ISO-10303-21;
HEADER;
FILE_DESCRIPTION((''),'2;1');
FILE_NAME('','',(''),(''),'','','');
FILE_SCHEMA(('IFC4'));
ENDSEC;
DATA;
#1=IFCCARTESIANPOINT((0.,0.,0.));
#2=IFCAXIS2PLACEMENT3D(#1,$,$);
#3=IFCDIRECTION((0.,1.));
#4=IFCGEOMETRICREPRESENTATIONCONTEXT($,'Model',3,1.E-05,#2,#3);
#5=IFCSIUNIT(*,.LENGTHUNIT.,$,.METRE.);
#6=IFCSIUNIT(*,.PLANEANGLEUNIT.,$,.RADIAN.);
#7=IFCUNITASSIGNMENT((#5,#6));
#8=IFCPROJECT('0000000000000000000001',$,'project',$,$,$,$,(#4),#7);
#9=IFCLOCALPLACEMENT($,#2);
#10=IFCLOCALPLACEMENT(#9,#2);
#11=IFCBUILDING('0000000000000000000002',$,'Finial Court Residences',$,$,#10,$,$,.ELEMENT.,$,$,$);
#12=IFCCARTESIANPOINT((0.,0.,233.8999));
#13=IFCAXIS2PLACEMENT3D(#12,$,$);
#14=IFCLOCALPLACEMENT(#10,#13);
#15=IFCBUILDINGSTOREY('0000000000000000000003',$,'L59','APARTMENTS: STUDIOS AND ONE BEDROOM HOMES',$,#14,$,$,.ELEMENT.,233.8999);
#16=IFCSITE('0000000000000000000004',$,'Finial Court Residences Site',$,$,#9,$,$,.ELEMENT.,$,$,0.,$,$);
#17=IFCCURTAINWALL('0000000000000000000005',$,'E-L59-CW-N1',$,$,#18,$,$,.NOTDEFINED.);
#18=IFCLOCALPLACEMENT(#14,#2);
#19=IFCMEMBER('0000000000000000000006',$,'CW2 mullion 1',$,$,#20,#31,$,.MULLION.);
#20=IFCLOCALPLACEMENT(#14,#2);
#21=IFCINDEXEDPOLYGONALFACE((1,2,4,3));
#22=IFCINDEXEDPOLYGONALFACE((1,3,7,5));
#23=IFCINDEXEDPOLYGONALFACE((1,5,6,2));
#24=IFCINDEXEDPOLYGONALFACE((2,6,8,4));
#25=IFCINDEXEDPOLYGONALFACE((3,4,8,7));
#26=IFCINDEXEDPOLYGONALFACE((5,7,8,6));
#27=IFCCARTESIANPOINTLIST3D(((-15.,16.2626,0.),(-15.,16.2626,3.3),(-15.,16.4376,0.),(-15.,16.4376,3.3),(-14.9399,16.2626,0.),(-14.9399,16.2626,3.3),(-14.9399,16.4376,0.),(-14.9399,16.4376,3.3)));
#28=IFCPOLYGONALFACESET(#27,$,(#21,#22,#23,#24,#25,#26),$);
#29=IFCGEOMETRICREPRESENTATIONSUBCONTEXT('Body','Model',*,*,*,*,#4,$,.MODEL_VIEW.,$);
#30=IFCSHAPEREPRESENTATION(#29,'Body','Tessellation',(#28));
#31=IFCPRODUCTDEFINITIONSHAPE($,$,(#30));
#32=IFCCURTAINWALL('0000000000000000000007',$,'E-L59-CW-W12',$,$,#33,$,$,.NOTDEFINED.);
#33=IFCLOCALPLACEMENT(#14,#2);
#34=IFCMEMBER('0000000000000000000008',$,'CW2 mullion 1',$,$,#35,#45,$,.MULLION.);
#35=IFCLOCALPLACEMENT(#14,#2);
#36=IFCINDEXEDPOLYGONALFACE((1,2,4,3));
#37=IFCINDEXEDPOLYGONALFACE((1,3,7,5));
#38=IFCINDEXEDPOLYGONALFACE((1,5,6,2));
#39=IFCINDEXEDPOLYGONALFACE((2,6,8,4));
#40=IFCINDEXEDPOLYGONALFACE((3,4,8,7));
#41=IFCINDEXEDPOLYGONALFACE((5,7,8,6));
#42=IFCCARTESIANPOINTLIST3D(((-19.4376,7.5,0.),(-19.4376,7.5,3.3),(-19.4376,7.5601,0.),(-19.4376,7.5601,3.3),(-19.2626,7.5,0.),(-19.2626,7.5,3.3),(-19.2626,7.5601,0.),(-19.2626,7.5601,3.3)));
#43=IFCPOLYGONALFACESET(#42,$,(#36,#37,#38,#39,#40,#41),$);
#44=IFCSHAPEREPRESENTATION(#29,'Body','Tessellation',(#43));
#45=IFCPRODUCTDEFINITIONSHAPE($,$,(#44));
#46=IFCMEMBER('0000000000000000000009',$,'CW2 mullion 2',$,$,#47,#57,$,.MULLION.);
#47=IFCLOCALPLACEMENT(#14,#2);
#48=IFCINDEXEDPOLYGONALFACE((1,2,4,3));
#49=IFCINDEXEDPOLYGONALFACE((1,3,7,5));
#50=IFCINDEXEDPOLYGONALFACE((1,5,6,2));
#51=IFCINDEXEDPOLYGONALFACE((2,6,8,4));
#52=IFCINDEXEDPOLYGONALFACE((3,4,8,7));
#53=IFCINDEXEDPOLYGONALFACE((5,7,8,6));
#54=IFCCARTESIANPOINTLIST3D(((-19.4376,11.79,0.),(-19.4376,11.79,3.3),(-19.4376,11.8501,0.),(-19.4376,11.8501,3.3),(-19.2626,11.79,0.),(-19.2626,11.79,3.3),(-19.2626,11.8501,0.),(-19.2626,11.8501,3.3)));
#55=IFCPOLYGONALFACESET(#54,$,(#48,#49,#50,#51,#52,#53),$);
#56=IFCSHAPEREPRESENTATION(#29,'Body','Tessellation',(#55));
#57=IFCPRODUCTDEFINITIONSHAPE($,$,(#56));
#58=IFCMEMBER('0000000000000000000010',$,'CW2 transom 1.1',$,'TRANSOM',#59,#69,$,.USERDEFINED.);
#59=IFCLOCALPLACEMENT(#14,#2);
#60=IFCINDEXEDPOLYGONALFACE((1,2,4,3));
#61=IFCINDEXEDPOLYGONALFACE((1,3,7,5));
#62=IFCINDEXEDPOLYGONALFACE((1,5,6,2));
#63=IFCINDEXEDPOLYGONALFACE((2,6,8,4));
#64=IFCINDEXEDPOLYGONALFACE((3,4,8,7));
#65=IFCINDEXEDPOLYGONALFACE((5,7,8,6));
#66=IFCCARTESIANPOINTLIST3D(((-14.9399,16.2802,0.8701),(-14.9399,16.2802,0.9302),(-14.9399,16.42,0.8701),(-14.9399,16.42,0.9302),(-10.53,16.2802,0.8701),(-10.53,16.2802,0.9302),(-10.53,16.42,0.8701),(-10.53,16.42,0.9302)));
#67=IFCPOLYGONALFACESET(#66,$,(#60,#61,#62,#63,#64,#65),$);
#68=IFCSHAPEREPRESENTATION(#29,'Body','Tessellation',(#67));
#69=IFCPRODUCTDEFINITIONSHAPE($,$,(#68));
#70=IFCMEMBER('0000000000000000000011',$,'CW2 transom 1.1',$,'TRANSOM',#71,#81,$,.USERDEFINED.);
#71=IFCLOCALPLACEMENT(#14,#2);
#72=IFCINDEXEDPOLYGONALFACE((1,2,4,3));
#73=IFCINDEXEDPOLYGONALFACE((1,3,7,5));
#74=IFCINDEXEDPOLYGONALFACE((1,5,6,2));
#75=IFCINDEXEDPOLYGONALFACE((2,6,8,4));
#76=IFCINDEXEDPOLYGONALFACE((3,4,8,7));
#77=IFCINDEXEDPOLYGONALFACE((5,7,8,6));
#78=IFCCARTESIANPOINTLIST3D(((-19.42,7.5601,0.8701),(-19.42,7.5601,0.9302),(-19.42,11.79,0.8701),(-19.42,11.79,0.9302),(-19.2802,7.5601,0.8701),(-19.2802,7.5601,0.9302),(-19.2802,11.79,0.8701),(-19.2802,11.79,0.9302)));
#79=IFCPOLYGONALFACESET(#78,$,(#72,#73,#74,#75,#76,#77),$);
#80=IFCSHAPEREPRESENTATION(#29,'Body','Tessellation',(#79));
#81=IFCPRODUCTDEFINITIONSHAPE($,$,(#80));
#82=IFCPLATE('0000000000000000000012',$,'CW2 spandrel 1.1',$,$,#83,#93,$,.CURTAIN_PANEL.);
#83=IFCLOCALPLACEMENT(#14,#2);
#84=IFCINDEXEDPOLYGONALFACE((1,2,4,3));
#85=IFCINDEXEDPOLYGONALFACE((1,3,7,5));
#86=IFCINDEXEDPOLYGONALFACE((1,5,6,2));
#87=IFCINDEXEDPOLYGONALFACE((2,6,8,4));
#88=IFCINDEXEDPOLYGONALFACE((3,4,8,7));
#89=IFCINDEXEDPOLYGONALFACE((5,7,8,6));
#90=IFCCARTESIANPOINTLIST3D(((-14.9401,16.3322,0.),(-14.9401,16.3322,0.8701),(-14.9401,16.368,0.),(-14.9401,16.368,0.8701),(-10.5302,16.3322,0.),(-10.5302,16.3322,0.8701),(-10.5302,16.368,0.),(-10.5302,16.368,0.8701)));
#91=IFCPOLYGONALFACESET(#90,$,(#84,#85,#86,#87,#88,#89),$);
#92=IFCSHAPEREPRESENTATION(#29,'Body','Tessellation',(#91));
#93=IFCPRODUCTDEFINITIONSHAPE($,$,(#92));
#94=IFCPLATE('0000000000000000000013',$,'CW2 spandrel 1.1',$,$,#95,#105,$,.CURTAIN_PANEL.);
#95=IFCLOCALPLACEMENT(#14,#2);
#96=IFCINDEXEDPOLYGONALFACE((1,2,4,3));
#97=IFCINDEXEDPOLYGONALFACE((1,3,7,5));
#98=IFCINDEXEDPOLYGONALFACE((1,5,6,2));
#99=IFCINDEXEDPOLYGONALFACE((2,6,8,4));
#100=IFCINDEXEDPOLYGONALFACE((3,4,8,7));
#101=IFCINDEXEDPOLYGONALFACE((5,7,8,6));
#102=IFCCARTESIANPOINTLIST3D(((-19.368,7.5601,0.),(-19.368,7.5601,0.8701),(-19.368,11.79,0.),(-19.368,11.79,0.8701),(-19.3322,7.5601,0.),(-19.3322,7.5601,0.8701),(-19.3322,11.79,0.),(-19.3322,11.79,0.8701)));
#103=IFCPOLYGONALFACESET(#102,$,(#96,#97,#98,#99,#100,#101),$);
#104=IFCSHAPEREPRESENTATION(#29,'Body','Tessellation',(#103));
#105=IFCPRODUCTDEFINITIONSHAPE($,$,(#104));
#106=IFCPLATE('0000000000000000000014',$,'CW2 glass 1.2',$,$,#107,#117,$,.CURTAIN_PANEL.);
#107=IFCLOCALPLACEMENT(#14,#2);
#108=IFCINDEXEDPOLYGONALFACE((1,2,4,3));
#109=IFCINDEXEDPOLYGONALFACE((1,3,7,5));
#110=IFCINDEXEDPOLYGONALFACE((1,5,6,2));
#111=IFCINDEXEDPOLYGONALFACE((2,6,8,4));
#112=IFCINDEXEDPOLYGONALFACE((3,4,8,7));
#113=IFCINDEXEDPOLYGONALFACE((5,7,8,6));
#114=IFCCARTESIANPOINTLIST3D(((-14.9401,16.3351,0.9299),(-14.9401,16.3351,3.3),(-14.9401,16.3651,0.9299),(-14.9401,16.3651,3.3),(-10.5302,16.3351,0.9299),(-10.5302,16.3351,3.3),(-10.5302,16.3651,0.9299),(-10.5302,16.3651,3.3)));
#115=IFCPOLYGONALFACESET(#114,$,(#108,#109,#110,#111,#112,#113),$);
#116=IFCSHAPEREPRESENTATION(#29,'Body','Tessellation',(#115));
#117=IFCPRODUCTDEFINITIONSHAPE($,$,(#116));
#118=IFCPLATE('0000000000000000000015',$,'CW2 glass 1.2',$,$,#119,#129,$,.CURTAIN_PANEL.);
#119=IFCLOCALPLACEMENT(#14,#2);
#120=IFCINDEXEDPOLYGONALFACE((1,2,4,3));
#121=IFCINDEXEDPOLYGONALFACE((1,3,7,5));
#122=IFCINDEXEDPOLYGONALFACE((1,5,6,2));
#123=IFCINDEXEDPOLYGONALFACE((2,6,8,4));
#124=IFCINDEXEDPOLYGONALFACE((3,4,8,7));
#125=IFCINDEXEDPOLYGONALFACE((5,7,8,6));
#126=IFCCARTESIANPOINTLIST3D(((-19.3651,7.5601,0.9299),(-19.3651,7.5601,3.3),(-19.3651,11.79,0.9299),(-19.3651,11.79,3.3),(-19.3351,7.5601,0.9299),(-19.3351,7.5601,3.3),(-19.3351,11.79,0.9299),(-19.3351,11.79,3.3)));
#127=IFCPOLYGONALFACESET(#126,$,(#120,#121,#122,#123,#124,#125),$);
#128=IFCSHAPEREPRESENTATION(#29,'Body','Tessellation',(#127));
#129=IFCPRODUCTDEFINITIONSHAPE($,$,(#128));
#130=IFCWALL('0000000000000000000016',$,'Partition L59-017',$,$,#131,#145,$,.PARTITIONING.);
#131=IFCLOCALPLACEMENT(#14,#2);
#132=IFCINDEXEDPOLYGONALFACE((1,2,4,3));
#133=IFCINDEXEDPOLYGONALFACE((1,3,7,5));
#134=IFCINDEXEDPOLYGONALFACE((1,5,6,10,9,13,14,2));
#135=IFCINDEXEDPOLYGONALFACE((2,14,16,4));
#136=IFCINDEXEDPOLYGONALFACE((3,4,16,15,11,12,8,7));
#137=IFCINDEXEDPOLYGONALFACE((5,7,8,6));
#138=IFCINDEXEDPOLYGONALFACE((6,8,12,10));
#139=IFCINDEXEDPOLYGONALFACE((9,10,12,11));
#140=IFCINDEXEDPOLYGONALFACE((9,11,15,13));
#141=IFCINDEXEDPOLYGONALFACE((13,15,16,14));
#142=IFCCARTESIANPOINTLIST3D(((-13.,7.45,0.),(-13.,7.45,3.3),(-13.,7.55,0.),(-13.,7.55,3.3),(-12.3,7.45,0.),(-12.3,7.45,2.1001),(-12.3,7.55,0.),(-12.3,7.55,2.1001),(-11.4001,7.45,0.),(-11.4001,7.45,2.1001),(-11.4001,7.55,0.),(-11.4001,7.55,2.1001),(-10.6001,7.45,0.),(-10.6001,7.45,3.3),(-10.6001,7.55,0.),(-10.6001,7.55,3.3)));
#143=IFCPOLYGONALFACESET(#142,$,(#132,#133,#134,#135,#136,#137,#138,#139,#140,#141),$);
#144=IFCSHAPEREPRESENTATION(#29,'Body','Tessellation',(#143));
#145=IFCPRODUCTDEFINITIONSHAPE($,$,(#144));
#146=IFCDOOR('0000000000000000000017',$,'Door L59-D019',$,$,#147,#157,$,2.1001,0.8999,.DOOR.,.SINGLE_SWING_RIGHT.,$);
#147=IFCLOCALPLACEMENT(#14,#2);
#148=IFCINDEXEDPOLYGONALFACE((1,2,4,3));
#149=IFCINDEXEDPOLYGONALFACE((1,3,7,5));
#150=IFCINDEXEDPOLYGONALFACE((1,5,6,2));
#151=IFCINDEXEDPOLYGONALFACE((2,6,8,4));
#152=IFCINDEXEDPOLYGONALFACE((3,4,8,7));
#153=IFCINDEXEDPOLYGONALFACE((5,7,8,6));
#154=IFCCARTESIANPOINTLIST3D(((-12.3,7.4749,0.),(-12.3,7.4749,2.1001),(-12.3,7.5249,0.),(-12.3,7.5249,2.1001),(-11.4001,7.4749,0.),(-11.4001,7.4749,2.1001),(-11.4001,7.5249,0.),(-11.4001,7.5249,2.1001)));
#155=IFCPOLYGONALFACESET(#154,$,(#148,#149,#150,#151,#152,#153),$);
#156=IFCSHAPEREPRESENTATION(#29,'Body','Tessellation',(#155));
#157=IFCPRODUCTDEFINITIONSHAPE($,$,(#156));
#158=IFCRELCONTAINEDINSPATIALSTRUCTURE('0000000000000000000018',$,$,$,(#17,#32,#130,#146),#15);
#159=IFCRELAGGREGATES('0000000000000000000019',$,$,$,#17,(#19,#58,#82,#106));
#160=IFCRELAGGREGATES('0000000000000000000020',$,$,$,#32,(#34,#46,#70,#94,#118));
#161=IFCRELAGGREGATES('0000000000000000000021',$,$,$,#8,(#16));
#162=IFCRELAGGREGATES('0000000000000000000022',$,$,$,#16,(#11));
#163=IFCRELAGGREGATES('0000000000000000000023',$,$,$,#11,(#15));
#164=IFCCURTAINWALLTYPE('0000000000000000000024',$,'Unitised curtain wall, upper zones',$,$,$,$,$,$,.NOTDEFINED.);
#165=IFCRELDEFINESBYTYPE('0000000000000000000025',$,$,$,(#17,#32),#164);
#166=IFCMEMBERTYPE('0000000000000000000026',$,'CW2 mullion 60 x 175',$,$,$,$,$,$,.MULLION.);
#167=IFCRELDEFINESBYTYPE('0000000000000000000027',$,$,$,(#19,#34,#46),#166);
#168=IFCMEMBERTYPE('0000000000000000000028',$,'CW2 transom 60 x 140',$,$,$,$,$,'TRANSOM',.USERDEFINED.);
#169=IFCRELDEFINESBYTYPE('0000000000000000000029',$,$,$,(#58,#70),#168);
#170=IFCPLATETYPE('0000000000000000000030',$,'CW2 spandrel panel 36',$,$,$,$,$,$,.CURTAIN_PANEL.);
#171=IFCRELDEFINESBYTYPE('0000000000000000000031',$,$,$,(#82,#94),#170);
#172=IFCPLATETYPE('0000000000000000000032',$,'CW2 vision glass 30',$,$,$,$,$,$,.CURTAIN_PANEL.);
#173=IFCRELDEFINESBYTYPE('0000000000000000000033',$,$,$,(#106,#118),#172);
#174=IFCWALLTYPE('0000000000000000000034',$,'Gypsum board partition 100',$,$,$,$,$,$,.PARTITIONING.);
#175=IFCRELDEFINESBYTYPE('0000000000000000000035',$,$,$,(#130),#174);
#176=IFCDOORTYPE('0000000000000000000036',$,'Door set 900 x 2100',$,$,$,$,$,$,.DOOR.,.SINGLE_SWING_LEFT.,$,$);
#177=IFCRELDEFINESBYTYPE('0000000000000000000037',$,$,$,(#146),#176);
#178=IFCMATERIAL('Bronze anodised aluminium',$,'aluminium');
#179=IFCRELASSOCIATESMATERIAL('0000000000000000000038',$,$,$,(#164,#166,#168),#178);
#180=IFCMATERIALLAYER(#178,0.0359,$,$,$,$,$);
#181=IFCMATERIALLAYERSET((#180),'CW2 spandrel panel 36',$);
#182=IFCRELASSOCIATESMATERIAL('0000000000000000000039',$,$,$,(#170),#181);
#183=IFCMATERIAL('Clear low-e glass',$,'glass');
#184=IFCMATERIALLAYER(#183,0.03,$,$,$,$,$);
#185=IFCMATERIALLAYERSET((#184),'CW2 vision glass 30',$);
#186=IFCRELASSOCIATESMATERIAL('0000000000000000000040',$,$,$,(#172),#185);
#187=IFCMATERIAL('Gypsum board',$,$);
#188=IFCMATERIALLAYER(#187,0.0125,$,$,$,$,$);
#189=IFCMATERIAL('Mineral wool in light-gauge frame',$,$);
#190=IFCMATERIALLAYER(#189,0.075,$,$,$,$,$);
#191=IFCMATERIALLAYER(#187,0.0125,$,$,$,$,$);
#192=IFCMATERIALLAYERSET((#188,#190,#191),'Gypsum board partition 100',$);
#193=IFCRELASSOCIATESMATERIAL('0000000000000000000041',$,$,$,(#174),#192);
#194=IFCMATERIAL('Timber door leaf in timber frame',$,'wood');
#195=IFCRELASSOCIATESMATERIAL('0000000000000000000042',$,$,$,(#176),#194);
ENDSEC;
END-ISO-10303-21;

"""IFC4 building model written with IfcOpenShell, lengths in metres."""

from ifc_helpers import new_model, si_unit, direction, frame, frame_2d, origin, origin_2d, place, context, subcontext, project, spatial, rectangle, extrude, material, layer, layer_set, material_profile, profile_set, type_object, element, fill, aggregate, save


model = new_model("IFC4")

# Units and contexts
model_context = context("Model", 3, precision=1e-05, world=origin(), true_north=direction((0.0, 1.0)))
body_context = subcontext(model_context, "Body", "Model", "MODEL_VIEW")
ifc_project = project(units=[si_unit("LENGTHUNIT", "METRE"), si_unit("PLANEANGLEUNIT", "RADIAN")], contexts=[model_context])

# Site, building, storey
site_placement = place(None, origin())
site = spatial("IfcSite", under=ifc_project, at=site_placement, Name="Finial Court Residences Site", CompositionType="ELEMENT", RefElevation=0.0)
building_placement = place(site_placement, origin())
building = spatial("IfcBuilding", under=site, at=building_placement, Name="Finial Court Residences", CompositionType="ELEMENT")
storey_placement = place(building_placement, frame((0.0, 0.0, 233.8999)))
storey = spatial("IfcBuildingStorey", under=building, at=storey_placement, Name="L59", Description="APARTMENTS: STUDIOS AND ONE BEDROOM HOMES", CompositionType="ELEMENT", Elevation=233.8999)

# Curtain wall, member
ifc_material_1 = material(Name="Bronze anodised aluminium", Category="aluminium")
curtain_wall_type = type_object("IfcCurtainWallType", Name="Unitised curtain wall, upper zones", PredefinedType="NOTDEFINED", material=ifc_material_1)
curtain_wall_1_placement = place(storey_placement, origin())
curtain_wall_1 = element("IfcCurtainWall", 1, at=curtain_wall_1_placement, inside=storey, type_object=curtain_wall_type, Name="E-L59-CW-N1", PredefinedType="NOTDEFINED")
ifc_material_profile_1 = material_profile(ifc_material_1, rectangle(XDim=0.175, YDim=0.0601, at=origin_2d()), Name="CW2 mullion 60 x 175")
ifc_profile_set_1 = profile_set([ifc_material_profile_1], Name="Bronze anodised aluminium")
member_type_1 = type_object("IfcMemberType", Name="CW2 mullion 60 x 175", PredefinedType="MULLION", material=ifc_profile_set_1)
member_1_placement = place(storey_placement, frame((-14.97, 16.3501, 0.0), z_axis=(0.0, 0.0, 1.0), x_axis=(0.0, 1.0, 0.0)))
member_1 = element("IfcMember", 2, at=member_1_placement, type_object=member_type_1, Name="CW2 mullion 1", PredefinedType="MULLION", context=body_context, shape_type="SweptSolid", body=[
    extrude(rectangle(XDim=0.175, YDim=0.0601, at=origin_2d()), origin(), (0.0, 0.0, 1.0), 3.3),
])

# Curtain wall, members
curtain_wall_2_placement = place(storey_placement, origin())
curtain_wall_2 = element("IfcCurtainWall", 3, at=curtain_wall_2_placement, inside=storey, type_object=curtain_wall_type, Name="E-L59-CW-W12", PredefinedType="NOTDEFINED")
member_2_placement = place(storey_placement, frame((-19.3501, 7.53, 0.0), z_axis=(0.0, 0.0, 1.0), x_axis=(-1.0, 0.0, 0.0)))
member_2 = element("IfcMember", 4, at=member_2_placement, type_object=member_type_1, Name="CW2 mullion 1", PredefinedType="MULLION", context=body_context, shape_type="SweptSolid", body=[
    extrude(rectangle(XDim=0.175, YDim=0.0601, at=origin_2d()), origin(), (0.0, 0.0, 1.0), 3.3),
])
member_3_placement = place(storey_placement, frame((-19.3501, 11.8201, 0.0), z_axis=(0.0, 0.0, 1.0), x_axis=(-1.0, 0.0, 0.0)))
member_3 = element("IfcMember", 5, at=member_3_placement, type_object=member_type_1, Name="CW2 mullion 2", PredefinedType="MULLION", context=body_context, shape_type="SweptSolid", body=[
    extrude(rectangle(XDim=0.175, YDim=0.0601, at=origin_2d()), origin(), (0.0, 0.0, 1.0), 3.3),
])

# Members
ifc_material_profile_2 = material_profile(ifc_material_1, rectangle(XDim=0.1399, YDim=0.0601, at=origin_2d()), Name="CW2 transom 60 x 140")
ifc_profile_set_2 = profile_set([ifc_material_profile_2], Name="Bronze anodised aluminium")
member_type_2 = type_object("IfcMemberType", Name="CW2 transom 60 x 140", ElementType="TRANSOM", PredefinedType="USERDEFINED", material=ifc_profile_set_2)
member_4_placement = place(storey_placement, frame((-14.9399, 16.3501, 0.9001), z_axis=(1.0, 0.0, 0.0), x_axis=(0.0, 1.0, 0.0)))
member_4 = element("IfcMember", 6, at=member_4_placement, type_object=member_type_2, Name="CW2 transom 1.1", ObjectType="TRANSOM", PredefinedType="USERDEFINED", context=body_context, shape_type="SweptSolid", body=[
    extrude(rectangle(XDim=0.1399, YDim=0.0601, at=origin_2d()), origin(), (0.0, 0.0, 1.0), 4.4099),
])
member_5_placement = place(storey_placement, frame((-19.3501, 7.5601, 0.9001), z_axis=(0.0, 1.0, 0.0), x_axis=(-1.0, 0.0, 0.0)))
member_5 = element("IfcMember", 7, at=member_5_placement, type_object=member_type_2, Name="CW2 transom 1.1", ObjectType="TRANSOM", PredefinedType="USERDEFINED", context=body_context, shape_type="SweptSolid", body=[
    extrude(rectangle(XDim=0.1399, YDim=0.0601, at=origin_2d()), origin(), (0.0, 0.0, 1.0), 4.23),
])

# Plates
ifc_layer_1 = layer(ifc_material_1, 0.0359)
ifc_layer_set_1 = layer_set([ifc_layer_1], Name="CW2 spandrel panel 36")
plate_type_1 = type_object("IfcPlateType", Name="CW2 spandrel panel 36", PredefinedType="CURTAIN_PANEL", material=ifc_layer_set_1)
plate_1_placement = place(storey_placement, frame((-12.7351, 16.3501, 0.0), z_axis=(0.0, 0.0, 1.0), x_axis=(1.0, 0.0, 0.0)))
plate_1 = element("IfcPlate", 8, at=plate_1_placement, type_object=plate_type_1, Name="CW2 spandrel 1.1", PredefinedType="CURTAIN_PANEL", context=body_context, shape_type="SweptSolid", body=[
    extrude(rectangle(XDim=4.4099, YDim=0.0359, at=origin_2d()), origin(), (0.0, 0.0, 1.0), 0.8701),
])
plate_2_placement = place(storey_placement, frame((-19.3501, 9.675, 0.0), z_axis=(0.0, 0.0, 1.0), x_axis=(0.0, 1.0, 0.0)))
plate_2 = element("IfcPlate", 9, at=plate_2_placement, type_object=plate_type_1, Name="CW2 spandrel 1.1", PredefinedType="CURTAIN_PANEL", context=body_context, shape_type="SweptSolid", body=[
    extrude(rectangle(XDim=4.23, YDim=0.0359, at=origin_2d()), origin(), (0.0, 0.0, 1.0), 0.8701),
])
ifc_material_2 = material(Name="Clear low-e glass", Category="glass")
ifc_layer_2 = layer(ifc_material_2, 0.03)
ifc_layer_set_2 = layer_set([ifc_layer_2], Name="CW2 vision glass 30")
plate_type_2 = type_object("IfcPlateType", Name="CW2 vision glass 30", PredefinedType="CURTAIN_PANEL", material=ifc_layer_set_2)
plate_3_placement = place(storey_placement, frame((-12.7351, 16.3501, 0.9299), z_axis=(0.0, 0.0, 1.0), x_axis=(1.0, 0.0, 0.0)))
plate_3 = element("IfcPlate", 10, at=plate_3_placement, type_object=plate_type_2, Name="CW2 glass 1.2", PredefinedType="CURTAIN_PANEL", context=body_context, shape_type="SweptSolid", body=[
    extrude(rectangle(XDim=4.4099, YDim=0.03, at=origin_2d()), origin(), (0.0, 0.0, 1.0), 2.3701),
])
aggregate(curtain_wall_1, [member_1, member_4, plate_1, plate_3])
plate_4_placement = place(storey_placement, frame((-19.3501, 9.675, 0.9299), z_axis=(0.0, 0.0, 1.0), x_axis=(0.0, 1.0, 0.0)))
plate_4 = element("IfcPlate", 11, at=plate_4_placement, type_object=plate_type_2, Name="CW2 glass 1.2", PredefinedType="CURTAIN_PANEL", context=body_context, shape_type="SweptSolid", body=[
    extrude(rectangle(XDim=4.23, YDim=0.03, at=origin_2d()), origin(), (0.0, 0.0, 1.0), 2.3701),
])
aggregate(curtain_wall_2, [member_2, member_3, member_5, plate_2, plate_4])

# Wall, opening, door
ifc_material_3 = material(Name="Gypsum board")
ifc_layer_3 = layer(ifc_material_3, 0.0125)
ifc_material_4 = material(Name="Mineral wool in light-gauge frame")
ifc_layer_4 = layer(ifc_material_4, 0.075)
ifc_layer_5 = layer(ifc_material_3, 0.0125)
ifc_layer_set_3 = layer_set([ifc_layer_3, ifc_layer_4, ifc_layer_5], Name="Gypsum board partition 100")
wall_type_1 = type_object("IfcWallType", Name="Gypsum board partition 100", PredefinedType="PARTITIONING", material=ifc_layer_set_3)
wall_1_placement = place(storey_placement, frame((-13.0, 7.5, 0.0), z_axis=(0.0, 0.0, 1.0), x_axis=(1.0, 0.0, 0.0)))
wall_1 = element("IfcWall", 12, at=wall_1_placement, inside=storey, type_object=wall_type_1, Name="Partition L59-017", PredefinedType="PARTITIONING", context=body_context, shape_type="SweptSolid", body=[
    extrude(rectangle(XDim=2.3999, YDim=0.1001, at=frame_2d((1.2, 0.0))), origin(), (0.0, 0.0, 1.0), 3.3),
])
opening_1_placement = place(wall_1_placement, frame((0.7, 0.0, 0.0)))
opening_1 = element("IfcOpeningElement", 13, at=opening_1_placement, cuts=wall_1, PredefinedType="OPENING", context=body_context, shape_type="SweptSolid", body=[
    extrude(rectangle(XDim=0.8999, YDim=2.1001, at=frame_2d((0.45, 1.05))), frame((0.0, 0.0601, 0.0), z_axis=(0.0, -1.0, 0.0), x_axis=(1.0, 0.0, 0.0)), (0.0, 0.0, 1.0), 0.1201),
])
ifc_material_5 = material(Name="Timber door leaf in timber frame", Category="wood")
door_type = type_object("IfcDoorType", Name="Door set 900 x 2100", OperationType="SINGLE_SWING_LEFT", PredefinedType="DOOR", material=ifc_material_5)
door_placement = place(opening_1_placement, origin())
door = element("IfcDoor", 14, at=door_placement, inside=storey, type_object=door_type, Name="Door L59-D019", OperationType="SINGLE_SWING_RIGHT", OverallHeight=2.1001, OverallWidth=0.8999, PredefinedType="DOOR", context=body_context, shape_type="SweptSolid", body=[
    extrude(rectangle(XDim=0.8999, YDim=2.1001, at=frame_2d((0.45, 1.05))), frame((0.0, 0.0249, 0.0), z_axis=(0.0, -1.0, 0.0), x_axis=(1.0, 0.0, 0.0)), (0.0, 0.0, 1.0), 0.05),
])
fill(opening_1, door)

save(model, "model.ifc")
